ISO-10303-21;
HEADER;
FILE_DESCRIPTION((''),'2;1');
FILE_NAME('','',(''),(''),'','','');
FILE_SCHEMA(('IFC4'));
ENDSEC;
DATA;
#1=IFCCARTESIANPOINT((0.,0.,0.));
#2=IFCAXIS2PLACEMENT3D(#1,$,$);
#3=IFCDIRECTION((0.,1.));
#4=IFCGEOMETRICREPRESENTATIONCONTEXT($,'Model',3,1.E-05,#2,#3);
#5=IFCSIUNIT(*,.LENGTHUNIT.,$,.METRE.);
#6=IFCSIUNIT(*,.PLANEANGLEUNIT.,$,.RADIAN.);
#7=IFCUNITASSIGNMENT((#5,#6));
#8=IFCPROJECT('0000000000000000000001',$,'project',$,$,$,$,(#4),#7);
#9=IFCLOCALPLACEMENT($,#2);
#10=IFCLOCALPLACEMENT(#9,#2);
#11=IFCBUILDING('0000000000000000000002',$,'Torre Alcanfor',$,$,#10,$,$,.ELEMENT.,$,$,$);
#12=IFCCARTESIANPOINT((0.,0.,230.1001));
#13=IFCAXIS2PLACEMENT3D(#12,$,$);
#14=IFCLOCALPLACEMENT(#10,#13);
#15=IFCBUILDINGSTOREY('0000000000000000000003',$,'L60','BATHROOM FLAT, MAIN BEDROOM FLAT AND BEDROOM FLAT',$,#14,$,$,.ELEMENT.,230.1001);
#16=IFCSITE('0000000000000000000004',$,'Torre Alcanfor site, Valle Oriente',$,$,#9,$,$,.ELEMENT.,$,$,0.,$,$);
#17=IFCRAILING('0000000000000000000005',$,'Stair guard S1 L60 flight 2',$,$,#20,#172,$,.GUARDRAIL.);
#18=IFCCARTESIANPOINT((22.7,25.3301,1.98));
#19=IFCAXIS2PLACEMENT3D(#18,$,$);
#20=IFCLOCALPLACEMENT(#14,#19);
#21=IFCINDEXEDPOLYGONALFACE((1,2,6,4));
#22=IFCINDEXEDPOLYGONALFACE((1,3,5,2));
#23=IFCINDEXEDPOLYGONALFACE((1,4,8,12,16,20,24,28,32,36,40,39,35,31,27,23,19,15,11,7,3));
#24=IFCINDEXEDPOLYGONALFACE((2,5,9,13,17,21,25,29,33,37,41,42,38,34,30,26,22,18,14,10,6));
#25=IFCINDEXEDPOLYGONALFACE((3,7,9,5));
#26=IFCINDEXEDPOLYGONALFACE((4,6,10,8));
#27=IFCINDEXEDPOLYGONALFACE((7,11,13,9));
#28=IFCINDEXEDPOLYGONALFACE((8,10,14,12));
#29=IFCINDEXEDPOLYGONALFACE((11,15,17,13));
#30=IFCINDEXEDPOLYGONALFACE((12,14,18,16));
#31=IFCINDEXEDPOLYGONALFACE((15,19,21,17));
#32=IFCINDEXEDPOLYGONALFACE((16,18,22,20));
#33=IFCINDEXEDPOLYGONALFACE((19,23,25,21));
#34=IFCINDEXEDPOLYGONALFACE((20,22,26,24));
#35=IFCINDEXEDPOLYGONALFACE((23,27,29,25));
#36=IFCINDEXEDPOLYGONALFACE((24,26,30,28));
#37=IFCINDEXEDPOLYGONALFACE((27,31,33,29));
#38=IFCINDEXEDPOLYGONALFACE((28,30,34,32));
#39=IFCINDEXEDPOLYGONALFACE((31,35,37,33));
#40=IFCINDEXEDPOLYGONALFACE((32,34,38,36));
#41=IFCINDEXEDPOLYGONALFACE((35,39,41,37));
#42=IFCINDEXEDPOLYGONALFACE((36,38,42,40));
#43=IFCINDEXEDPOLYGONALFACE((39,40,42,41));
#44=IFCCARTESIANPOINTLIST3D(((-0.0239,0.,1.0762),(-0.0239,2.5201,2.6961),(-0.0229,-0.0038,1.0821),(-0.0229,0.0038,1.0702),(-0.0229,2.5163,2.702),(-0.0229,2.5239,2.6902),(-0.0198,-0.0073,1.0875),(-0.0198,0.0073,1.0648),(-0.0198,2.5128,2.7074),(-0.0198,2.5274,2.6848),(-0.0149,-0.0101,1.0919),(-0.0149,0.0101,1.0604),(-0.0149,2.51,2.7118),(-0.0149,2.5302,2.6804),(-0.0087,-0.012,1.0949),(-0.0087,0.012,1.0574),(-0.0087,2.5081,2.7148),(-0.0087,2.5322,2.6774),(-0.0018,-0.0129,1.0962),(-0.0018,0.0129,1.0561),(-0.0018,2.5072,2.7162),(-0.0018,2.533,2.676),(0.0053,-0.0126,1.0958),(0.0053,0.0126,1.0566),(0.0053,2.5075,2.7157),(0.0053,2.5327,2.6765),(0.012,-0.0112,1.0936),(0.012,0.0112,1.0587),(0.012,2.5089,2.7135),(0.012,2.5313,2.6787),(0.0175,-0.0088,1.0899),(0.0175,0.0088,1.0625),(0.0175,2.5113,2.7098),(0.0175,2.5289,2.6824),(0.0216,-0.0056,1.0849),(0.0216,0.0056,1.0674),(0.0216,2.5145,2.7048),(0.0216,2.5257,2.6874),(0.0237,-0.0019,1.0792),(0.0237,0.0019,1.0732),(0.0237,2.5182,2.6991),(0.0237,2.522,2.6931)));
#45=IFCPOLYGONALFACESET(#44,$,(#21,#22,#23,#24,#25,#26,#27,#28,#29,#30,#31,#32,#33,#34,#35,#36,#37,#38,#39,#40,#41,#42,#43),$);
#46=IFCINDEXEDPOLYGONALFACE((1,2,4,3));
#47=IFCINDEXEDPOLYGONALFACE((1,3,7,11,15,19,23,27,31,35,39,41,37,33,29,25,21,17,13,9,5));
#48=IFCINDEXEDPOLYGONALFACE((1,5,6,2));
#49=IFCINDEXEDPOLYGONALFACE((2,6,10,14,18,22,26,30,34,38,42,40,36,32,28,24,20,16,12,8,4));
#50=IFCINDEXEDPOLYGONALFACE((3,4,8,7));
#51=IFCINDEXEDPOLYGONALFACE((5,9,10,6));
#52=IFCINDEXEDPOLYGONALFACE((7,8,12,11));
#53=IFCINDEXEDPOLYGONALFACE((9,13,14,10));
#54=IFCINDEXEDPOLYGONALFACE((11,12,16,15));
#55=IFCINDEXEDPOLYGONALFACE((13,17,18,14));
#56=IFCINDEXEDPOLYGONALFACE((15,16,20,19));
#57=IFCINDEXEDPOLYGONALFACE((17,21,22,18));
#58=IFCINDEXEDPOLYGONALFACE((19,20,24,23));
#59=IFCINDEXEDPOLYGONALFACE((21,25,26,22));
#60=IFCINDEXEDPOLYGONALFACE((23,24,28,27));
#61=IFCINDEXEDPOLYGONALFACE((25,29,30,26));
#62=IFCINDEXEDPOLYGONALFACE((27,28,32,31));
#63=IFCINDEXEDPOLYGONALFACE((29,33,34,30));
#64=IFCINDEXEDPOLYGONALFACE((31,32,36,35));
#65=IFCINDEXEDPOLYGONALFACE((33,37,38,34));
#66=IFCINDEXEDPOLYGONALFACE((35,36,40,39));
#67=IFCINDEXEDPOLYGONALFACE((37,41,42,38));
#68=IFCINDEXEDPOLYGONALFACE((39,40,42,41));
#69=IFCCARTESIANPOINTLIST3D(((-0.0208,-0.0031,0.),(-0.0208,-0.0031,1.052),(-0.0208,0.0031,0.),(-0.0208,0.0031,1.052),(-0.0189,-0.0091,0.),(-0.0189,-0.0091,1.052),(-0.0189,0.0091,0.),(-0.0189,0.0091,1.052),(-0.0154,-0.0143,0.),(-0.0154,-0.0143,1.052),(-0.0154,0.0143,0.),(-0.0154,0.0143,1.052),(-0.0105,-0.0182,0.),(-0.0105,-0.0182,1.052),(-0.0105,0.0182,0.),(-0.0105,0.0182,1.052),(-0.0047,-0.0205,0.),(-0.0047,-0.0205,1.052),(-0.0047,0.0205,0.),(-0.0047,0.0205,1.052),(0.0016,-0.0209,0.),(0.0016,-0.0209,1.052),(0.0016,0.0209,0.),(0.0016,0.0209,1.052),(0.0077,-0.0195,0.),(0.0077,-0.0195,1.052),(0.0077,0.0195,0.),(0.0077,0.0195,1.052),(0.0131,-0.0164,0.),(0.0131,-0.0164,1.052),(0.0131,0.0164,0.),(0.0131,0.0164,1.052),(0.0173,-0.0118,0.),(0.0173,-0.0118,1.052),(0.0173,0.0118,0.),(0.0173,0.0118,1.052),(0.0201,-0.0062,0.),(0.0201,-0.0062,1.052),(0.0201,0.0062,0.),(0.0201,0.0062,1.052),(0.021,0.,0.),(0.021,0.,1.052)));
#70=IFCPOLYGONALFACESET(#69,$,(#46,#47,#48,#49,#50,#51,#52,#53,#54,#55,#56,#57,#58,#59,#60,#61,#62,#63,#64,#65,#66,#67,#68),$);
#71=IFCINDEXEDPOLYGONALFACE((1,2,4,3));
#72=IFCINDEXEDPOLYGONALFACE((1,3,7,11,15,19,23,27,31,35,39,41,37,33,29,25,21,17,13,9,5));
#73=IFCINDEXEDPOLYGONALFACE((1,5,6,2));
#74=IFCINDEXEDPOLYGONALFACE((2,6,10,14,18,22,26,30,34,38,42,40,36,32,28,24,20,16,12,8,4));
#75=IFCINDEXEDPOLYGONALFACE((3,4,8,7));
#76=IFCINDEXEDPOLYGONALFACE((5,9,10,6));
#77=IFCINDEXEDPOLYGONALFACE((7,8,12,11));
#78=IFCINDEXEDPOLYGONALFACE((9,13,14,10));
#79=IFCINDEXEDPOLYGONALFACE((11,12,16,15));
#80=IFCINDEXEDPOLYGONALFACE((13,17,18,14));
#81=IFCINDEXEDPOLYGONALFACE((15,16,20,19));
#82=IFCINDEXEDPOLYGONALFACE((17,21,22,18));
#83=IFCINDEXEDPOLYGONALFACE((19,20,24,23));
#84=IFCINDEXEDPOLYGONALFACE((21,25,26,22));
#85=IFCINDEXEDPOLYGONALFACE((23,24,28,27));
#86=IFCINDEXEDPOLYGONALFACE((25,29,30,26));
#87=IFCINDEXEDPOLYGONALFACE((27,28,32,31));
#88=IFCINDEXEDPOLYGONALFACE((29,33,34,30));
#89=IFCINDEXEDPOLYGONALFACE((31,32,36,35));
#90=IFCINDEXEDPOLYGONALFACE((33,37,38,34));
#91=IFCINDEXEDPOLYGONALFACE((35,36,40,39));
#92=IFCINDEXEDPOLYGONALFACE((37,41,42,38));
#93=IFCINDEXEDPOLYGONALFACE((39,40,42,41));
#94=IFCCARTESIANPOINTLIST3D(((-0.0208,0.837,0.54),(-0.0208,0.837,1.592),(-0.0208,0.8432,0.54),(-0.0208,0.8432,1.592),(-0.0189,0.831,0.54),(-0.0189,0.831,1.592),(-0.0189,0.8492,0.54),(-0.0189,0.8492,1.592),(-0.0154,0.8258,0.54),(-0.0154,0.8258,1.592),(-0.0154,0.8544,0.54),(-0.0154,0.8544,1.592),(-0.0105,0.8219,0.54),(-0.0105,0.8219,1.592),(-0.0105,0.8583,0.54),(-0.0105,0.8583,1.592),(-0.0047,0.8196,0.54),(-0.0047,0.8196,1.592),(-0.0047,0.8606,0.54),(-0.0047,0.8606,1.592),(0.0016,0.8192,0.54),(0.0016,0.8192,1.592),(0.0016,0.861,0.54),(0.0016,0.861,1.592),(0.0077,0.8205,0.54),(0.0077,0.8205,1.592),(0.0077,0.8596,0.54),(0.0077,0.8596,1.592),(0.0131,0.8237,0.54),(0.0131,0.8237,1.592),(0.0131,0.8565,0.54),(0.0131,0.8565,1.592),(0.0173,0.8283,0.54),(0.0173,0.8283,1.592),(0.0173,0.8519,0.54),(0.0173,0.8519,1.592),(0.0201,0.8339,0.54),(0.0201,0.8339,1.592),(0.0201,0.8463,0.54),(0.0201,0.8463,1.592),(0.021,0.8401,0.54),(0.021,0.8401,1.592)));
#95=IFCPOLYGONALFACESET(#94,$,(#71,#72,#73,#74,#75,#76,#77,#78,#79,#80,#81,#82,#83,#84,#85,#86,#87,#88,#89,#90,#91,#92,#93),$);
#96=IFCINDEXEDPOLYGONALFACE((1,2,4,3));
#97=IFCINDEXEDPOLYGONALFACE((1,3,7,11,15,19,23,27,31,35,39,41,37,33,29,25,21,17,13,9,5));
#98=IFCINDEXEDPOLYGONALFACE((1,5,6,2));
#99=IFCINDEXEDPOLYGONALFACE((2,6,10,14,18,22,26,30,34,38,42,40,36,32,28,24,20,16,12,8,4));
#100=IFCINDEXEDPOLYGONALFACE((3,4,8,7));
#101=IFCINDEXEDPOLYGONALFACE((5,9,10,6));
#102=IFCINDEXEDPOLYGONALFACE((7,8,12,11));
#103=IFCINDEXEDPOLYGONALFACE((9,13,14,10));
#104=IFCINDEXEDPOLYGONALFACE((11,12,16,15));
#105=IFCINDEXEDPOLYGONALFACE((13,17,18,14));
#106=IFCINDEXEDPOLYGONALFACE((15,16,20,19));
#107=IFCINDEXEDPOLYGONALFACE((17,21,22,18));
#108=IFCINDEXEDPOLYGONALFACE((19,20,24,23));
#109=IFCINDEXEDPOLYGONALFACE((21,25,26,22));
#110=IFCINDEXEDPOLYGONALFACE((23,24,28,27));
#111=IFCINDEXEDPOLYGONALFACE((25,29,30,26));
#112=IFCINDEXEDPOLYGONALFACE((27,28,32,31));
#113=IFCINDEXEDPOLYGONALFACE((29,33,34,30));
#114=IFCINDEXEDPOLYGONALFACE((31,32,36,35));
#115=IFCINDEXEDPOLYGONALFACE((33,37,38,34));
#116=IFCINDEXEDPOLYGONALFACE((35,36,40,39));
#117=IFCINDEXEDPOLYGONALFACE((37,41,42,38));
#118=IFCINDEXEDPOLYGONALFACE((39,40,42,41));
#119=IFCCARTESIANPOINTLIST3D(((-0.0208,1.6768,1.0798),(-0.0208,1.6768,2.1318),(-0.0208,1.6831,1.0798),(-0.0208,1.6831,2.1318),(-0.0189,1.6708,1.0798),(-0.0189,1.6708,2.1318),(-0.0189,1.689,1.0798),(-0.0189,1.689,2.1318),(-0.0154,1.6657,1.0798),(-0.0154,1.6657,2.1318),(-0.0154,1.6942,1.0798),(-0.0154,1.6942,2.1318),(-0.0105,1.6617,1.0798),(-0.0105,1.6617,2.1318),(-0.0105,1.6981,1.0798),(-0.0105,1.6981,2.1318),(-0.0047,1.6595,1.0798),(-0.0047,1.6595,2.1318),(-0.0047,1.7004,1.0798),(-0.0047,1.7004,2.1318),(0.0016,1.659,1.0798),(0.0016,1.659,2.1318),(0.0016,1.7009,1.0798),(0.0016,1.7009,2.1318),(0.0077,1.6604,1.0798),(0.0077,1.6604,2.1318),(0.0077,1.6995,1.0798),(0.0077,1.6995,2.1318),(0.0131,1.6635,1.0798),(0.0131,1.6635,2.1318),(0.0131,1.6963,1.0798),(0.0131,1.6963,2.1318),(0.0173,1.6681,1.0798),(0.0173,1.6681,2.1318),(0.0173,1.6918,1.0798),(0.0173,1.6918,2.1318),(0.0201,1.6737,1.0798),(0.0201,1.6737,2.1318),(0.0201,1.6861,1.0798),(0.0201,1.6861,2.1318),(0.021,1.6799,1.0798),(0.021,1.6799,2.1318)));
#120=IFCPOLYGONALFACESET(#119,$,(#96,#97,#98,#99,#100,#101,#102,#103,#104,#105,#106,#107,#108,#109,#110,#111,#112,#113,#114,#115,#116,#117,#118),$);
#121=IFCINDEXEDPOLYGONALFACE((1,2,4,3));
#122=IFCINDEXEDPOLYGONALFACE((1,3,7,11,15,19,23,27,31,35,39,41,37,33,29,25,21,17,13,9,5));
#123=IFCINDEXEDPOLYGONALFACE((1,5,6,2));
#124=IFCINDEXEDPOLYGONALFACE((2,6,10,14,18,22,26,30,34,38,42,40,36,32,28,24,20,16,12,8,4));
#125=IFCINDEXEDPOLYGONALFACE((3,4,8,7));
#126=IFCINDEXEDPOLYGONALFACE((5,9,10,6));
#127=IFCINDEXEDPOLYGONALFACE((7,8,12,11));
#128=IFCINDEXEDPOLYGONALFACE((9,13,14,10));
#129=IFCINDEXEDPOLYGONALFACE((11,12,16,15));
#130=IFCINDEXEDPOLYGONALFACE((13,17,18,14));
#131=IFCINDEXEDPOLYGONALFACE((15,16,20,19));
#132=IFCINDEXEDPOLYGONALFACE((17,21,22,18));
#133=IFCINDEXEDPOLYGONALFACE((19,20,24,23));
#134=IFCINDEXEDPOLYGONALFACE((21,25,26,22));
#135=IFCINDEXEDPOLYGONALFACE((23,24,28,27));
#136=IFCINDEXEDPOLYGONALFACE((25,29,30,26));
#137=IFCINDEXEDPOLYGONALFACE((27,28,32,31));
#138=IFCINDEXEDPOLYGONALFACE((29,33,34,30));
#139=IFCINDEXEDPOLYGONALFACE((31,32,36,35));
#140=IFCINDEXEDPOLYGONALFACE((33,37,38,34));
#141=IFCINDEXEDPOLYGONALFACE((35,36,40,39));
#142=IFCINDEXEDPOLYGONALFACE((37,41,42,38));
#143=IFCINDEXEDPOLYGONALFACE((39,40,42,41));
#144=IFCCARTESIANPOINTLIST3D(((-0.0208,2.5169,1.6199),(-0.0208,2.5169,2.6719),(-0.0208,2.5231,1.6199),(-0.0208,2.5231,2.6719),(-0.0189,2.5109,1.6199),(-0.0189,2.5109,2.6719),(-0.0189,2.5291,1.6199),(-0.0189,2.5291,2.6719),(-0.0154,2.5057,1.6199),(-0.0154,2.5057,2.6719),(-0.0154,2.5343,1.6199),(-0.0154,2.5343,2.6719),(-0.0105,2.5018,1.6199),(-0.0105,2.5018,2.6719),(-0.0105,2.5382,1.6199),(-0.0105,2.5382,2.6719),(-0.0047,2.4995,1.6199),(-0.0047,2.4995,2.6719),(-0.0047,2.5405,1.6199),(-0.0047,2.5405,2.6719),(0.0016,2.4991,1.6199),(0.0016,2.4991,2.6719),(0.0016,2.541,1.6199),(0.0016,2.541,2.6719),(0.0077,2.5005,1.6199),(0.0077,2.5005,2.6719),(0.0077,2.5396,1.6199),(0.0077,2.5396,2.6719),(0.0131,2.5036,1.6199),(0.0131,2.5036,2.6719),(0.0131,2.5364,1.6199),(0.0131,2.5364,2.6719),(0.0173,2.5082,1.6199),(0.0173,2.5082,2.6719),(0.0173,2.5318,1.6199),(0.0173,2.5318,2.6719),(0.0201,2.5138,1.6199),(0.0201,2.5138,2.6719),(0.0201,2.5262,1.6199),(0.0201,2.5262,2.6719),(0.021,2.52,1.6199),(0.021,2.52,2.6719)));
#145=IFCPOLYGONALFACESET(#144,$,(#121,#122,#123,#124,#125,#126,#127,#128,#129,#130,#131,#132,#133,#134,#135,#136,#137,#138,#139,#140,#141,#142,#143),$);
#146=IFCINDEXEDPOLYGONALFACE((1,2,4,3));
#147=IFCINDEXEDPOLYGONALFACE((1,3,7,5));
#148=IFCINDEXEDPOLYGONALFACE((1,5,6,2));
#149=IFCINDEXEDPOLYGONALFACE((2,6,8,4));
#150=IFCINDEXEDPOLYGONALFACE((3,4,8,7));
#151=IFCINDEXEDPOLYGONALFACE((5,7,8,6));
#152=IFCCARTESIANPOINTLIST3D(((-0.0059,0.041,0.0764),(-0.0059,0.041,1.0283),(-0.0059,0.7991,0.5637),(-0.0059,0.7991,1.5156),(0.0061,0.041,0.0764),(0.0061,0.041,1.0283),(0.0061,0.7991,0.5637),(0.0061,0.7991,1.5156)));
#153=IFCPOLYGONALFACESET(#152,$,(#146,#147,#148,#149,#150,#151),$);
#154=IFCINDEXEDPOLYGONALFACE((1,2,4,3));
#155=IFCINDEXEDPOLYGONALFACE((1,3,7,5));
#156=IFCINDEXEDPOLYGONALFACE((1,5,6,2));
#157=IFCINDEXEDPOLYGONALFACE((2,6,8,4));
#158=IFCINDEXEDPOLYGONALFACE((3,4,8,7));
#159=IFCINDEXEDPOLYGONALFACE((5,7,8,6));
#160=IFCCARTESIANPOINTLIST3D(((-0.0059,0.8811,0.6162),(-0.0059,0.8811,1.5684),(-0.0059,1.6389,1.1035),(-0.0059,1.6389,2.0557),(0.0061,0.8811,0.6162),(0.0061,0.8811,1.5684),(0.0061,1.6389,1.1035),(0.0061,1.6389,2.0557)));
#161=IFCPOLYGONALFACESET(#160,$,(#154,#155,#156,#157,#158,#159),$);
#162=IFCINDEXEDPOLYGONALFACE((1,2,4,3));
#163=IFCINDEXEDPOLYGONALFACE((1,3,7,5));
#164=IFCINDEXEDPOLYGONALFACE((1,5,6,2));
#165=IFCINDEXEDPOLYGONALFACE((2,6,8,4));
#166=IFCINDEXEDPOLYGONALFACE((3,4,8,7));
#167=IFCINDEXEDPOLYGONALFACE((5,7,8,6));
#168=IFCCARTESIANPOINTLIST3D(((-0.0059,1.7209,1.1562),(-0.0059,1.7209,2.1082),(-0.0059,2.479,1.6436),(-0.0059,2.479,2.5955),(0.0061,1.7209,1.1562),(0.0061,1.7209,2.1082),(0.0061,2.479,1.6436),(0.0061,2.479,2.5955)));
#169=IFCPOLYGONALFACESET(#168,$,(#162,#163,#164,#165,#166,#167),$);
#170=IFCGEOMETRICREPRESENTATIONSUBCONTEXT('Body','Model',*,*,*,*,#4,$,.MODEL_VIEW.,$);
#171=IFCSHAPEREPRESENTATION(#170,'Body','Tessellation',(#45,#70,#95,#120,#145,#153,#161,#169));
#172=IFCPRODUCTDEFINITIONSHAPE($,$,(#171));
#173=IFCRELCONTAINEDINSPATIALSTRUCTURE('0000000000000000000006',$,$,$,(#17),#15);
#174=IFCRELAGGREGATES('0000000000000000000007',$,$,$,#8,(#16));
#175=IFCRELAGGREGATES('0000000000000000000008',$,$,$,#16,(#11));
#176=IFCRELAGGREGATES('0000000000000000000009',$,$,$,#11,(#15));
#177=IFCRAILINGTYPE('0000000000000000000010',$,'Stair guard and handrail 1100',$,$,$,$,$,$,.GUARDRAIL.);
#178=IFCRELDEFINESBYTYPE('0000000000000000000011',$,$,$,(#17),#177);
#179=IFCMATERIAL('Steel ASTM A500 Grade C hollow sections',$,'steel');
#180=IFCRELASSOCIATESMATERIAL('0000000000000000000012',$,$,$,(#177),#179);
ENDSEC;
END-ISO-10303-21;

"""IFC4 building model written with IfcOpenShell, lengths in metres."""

from ifc_helpers import new_model, si_unit, direction, frame, origin, origin_2d, place, context, subcontext, project, spatial, polyline, circle, outline, extrude, material, type_object, element, save


model = new_model("IFC4")

# Units and contexts
model_context = context("Model", 3, precision=1e-05, world=origin(), true_north=direction((0.0, 1.0)))
body_context = subcontext(model_context, "Body", "Model", "MODEL_VIEW")
ifc_project = project(units=[si_unit("LENGTHUNIT", "METRE"), si_unit("PLANEANGLEUNIT", "RADIAN")], contexts=[model_context])

# Site, building, storey
site_placement = place(None, origin())
site = spatial("IfcSite", under=ifc_project, at=site_placement, Name="Torre Alcanfor site, Valle Oriente", CompositionType="ELEMENT", RefElevation=0.0)
building_placement = place(site_placement, origin())
building = spatial("IfcBuilding", under=site, at=building_placement, Name="Torre Alcanfor", CompositionType="ELEMENT")
storey_placement = place(building_placement, frame((0.0, 0.0, 230.1001)))
storey = spatial("IfcBuildingStorey", under=building, at=storey_placement, Name="L60", Description="BATHROOM FLAT, MAIN BEDROOM FLAT AND BEDROOM FLAT", CompositionType="ELEMENT", Elevation=230.1001)

# Railing
ifc_material_1 = material(Name="Steel ASTM A500 Grade C hollow sections", Category="steel")
railing_type_1 = type_object("IfcRailingType", Name="Stair guard and handrail 1100", PredefinedType="GUARDRAIL", material=ifc_material_1)
railing_1_placement = place(storey_placement, frame((22.7, 25.3301, 1.98)))
element("IfcRailing", 1, at=railing_1_placement, inside=storey, type_object=railing_type_1, Name="Stair guard S1 L60 flight 2", PredefinedType="GUARDRAIL", context=body_context, shape_type="SweptSolid", body=[
    extrude(circle(Radius=0.0239, at=origin_2d()), frame((0.0, 0.0, 1.0762), z_axis=(0.0, 0.8412, 0.540725), x_axis=(-1.0, 0.0, 0.0)), (0.0, 0.0, 1.0), 2.9958),
    extrude(circle(Radius=0.021, at=origin_2d()), origin(), (0.0, 0.0, 1.0), 1.052),
    extrude(circle(Radius=0.021, at=origin_2d()), frame((0.0, 0.8401, 0.54)), (0.0, 0.0, 1.0), 1.052),
    extrude(circle(Radius=0.021, at=origin_2d()), frame((0.0, 1.6799, 1.0798)), (0.0, 0.0, 1.0), 1.052),
    extrude(circle(Radius=0.021, at=origin_2d()), frame((0.0, 2.52, 1.6199)), (0.0, 0.0, 1.0), 1.052),
    extrude(outline(polyline([(0.041, 0.0764), (0.7991, 0.5637), (0.7991, 1.5156), (0.041, 1.0283), (0.041, 0.0764)])), frame((-0.0059, 0.0, 0.0), z_axis=(1.0, 0.0, 0.0), x_axis=(0.0, 1.0, 0.0)), (0.0, 0.0, 1.0), 0.012),
    extrude(outline(polyline([(0.8811, 0.6162), (1.6389, 1.1035), (1.6389, 2.0557), (0.8811, 1.5684), (0.8811, 0.6162)])), frame((-0.0059, 0.0, 0.0), z_axis=(1.0, 0.0, 0.0), x_axis=(0.0, 1.0, 0.0)), (0.0, 0.0, 1.0), 0.012),
    extrude(outline(polyline([(1.7209, 1.1562), (2.479, 1.6436), (2.479, 2.5955), (1.7209, 2.1082), (1.7209, 1.1562)])), frame((-0.0059, 0.0, 0.0), z_axis=(1.0, 0.0, 0.0), x_axis=(0.0, 1.0, 0.0)), (0.0, 0.0, 1.0), 0.012),
])

save(model, "model.ifc")
